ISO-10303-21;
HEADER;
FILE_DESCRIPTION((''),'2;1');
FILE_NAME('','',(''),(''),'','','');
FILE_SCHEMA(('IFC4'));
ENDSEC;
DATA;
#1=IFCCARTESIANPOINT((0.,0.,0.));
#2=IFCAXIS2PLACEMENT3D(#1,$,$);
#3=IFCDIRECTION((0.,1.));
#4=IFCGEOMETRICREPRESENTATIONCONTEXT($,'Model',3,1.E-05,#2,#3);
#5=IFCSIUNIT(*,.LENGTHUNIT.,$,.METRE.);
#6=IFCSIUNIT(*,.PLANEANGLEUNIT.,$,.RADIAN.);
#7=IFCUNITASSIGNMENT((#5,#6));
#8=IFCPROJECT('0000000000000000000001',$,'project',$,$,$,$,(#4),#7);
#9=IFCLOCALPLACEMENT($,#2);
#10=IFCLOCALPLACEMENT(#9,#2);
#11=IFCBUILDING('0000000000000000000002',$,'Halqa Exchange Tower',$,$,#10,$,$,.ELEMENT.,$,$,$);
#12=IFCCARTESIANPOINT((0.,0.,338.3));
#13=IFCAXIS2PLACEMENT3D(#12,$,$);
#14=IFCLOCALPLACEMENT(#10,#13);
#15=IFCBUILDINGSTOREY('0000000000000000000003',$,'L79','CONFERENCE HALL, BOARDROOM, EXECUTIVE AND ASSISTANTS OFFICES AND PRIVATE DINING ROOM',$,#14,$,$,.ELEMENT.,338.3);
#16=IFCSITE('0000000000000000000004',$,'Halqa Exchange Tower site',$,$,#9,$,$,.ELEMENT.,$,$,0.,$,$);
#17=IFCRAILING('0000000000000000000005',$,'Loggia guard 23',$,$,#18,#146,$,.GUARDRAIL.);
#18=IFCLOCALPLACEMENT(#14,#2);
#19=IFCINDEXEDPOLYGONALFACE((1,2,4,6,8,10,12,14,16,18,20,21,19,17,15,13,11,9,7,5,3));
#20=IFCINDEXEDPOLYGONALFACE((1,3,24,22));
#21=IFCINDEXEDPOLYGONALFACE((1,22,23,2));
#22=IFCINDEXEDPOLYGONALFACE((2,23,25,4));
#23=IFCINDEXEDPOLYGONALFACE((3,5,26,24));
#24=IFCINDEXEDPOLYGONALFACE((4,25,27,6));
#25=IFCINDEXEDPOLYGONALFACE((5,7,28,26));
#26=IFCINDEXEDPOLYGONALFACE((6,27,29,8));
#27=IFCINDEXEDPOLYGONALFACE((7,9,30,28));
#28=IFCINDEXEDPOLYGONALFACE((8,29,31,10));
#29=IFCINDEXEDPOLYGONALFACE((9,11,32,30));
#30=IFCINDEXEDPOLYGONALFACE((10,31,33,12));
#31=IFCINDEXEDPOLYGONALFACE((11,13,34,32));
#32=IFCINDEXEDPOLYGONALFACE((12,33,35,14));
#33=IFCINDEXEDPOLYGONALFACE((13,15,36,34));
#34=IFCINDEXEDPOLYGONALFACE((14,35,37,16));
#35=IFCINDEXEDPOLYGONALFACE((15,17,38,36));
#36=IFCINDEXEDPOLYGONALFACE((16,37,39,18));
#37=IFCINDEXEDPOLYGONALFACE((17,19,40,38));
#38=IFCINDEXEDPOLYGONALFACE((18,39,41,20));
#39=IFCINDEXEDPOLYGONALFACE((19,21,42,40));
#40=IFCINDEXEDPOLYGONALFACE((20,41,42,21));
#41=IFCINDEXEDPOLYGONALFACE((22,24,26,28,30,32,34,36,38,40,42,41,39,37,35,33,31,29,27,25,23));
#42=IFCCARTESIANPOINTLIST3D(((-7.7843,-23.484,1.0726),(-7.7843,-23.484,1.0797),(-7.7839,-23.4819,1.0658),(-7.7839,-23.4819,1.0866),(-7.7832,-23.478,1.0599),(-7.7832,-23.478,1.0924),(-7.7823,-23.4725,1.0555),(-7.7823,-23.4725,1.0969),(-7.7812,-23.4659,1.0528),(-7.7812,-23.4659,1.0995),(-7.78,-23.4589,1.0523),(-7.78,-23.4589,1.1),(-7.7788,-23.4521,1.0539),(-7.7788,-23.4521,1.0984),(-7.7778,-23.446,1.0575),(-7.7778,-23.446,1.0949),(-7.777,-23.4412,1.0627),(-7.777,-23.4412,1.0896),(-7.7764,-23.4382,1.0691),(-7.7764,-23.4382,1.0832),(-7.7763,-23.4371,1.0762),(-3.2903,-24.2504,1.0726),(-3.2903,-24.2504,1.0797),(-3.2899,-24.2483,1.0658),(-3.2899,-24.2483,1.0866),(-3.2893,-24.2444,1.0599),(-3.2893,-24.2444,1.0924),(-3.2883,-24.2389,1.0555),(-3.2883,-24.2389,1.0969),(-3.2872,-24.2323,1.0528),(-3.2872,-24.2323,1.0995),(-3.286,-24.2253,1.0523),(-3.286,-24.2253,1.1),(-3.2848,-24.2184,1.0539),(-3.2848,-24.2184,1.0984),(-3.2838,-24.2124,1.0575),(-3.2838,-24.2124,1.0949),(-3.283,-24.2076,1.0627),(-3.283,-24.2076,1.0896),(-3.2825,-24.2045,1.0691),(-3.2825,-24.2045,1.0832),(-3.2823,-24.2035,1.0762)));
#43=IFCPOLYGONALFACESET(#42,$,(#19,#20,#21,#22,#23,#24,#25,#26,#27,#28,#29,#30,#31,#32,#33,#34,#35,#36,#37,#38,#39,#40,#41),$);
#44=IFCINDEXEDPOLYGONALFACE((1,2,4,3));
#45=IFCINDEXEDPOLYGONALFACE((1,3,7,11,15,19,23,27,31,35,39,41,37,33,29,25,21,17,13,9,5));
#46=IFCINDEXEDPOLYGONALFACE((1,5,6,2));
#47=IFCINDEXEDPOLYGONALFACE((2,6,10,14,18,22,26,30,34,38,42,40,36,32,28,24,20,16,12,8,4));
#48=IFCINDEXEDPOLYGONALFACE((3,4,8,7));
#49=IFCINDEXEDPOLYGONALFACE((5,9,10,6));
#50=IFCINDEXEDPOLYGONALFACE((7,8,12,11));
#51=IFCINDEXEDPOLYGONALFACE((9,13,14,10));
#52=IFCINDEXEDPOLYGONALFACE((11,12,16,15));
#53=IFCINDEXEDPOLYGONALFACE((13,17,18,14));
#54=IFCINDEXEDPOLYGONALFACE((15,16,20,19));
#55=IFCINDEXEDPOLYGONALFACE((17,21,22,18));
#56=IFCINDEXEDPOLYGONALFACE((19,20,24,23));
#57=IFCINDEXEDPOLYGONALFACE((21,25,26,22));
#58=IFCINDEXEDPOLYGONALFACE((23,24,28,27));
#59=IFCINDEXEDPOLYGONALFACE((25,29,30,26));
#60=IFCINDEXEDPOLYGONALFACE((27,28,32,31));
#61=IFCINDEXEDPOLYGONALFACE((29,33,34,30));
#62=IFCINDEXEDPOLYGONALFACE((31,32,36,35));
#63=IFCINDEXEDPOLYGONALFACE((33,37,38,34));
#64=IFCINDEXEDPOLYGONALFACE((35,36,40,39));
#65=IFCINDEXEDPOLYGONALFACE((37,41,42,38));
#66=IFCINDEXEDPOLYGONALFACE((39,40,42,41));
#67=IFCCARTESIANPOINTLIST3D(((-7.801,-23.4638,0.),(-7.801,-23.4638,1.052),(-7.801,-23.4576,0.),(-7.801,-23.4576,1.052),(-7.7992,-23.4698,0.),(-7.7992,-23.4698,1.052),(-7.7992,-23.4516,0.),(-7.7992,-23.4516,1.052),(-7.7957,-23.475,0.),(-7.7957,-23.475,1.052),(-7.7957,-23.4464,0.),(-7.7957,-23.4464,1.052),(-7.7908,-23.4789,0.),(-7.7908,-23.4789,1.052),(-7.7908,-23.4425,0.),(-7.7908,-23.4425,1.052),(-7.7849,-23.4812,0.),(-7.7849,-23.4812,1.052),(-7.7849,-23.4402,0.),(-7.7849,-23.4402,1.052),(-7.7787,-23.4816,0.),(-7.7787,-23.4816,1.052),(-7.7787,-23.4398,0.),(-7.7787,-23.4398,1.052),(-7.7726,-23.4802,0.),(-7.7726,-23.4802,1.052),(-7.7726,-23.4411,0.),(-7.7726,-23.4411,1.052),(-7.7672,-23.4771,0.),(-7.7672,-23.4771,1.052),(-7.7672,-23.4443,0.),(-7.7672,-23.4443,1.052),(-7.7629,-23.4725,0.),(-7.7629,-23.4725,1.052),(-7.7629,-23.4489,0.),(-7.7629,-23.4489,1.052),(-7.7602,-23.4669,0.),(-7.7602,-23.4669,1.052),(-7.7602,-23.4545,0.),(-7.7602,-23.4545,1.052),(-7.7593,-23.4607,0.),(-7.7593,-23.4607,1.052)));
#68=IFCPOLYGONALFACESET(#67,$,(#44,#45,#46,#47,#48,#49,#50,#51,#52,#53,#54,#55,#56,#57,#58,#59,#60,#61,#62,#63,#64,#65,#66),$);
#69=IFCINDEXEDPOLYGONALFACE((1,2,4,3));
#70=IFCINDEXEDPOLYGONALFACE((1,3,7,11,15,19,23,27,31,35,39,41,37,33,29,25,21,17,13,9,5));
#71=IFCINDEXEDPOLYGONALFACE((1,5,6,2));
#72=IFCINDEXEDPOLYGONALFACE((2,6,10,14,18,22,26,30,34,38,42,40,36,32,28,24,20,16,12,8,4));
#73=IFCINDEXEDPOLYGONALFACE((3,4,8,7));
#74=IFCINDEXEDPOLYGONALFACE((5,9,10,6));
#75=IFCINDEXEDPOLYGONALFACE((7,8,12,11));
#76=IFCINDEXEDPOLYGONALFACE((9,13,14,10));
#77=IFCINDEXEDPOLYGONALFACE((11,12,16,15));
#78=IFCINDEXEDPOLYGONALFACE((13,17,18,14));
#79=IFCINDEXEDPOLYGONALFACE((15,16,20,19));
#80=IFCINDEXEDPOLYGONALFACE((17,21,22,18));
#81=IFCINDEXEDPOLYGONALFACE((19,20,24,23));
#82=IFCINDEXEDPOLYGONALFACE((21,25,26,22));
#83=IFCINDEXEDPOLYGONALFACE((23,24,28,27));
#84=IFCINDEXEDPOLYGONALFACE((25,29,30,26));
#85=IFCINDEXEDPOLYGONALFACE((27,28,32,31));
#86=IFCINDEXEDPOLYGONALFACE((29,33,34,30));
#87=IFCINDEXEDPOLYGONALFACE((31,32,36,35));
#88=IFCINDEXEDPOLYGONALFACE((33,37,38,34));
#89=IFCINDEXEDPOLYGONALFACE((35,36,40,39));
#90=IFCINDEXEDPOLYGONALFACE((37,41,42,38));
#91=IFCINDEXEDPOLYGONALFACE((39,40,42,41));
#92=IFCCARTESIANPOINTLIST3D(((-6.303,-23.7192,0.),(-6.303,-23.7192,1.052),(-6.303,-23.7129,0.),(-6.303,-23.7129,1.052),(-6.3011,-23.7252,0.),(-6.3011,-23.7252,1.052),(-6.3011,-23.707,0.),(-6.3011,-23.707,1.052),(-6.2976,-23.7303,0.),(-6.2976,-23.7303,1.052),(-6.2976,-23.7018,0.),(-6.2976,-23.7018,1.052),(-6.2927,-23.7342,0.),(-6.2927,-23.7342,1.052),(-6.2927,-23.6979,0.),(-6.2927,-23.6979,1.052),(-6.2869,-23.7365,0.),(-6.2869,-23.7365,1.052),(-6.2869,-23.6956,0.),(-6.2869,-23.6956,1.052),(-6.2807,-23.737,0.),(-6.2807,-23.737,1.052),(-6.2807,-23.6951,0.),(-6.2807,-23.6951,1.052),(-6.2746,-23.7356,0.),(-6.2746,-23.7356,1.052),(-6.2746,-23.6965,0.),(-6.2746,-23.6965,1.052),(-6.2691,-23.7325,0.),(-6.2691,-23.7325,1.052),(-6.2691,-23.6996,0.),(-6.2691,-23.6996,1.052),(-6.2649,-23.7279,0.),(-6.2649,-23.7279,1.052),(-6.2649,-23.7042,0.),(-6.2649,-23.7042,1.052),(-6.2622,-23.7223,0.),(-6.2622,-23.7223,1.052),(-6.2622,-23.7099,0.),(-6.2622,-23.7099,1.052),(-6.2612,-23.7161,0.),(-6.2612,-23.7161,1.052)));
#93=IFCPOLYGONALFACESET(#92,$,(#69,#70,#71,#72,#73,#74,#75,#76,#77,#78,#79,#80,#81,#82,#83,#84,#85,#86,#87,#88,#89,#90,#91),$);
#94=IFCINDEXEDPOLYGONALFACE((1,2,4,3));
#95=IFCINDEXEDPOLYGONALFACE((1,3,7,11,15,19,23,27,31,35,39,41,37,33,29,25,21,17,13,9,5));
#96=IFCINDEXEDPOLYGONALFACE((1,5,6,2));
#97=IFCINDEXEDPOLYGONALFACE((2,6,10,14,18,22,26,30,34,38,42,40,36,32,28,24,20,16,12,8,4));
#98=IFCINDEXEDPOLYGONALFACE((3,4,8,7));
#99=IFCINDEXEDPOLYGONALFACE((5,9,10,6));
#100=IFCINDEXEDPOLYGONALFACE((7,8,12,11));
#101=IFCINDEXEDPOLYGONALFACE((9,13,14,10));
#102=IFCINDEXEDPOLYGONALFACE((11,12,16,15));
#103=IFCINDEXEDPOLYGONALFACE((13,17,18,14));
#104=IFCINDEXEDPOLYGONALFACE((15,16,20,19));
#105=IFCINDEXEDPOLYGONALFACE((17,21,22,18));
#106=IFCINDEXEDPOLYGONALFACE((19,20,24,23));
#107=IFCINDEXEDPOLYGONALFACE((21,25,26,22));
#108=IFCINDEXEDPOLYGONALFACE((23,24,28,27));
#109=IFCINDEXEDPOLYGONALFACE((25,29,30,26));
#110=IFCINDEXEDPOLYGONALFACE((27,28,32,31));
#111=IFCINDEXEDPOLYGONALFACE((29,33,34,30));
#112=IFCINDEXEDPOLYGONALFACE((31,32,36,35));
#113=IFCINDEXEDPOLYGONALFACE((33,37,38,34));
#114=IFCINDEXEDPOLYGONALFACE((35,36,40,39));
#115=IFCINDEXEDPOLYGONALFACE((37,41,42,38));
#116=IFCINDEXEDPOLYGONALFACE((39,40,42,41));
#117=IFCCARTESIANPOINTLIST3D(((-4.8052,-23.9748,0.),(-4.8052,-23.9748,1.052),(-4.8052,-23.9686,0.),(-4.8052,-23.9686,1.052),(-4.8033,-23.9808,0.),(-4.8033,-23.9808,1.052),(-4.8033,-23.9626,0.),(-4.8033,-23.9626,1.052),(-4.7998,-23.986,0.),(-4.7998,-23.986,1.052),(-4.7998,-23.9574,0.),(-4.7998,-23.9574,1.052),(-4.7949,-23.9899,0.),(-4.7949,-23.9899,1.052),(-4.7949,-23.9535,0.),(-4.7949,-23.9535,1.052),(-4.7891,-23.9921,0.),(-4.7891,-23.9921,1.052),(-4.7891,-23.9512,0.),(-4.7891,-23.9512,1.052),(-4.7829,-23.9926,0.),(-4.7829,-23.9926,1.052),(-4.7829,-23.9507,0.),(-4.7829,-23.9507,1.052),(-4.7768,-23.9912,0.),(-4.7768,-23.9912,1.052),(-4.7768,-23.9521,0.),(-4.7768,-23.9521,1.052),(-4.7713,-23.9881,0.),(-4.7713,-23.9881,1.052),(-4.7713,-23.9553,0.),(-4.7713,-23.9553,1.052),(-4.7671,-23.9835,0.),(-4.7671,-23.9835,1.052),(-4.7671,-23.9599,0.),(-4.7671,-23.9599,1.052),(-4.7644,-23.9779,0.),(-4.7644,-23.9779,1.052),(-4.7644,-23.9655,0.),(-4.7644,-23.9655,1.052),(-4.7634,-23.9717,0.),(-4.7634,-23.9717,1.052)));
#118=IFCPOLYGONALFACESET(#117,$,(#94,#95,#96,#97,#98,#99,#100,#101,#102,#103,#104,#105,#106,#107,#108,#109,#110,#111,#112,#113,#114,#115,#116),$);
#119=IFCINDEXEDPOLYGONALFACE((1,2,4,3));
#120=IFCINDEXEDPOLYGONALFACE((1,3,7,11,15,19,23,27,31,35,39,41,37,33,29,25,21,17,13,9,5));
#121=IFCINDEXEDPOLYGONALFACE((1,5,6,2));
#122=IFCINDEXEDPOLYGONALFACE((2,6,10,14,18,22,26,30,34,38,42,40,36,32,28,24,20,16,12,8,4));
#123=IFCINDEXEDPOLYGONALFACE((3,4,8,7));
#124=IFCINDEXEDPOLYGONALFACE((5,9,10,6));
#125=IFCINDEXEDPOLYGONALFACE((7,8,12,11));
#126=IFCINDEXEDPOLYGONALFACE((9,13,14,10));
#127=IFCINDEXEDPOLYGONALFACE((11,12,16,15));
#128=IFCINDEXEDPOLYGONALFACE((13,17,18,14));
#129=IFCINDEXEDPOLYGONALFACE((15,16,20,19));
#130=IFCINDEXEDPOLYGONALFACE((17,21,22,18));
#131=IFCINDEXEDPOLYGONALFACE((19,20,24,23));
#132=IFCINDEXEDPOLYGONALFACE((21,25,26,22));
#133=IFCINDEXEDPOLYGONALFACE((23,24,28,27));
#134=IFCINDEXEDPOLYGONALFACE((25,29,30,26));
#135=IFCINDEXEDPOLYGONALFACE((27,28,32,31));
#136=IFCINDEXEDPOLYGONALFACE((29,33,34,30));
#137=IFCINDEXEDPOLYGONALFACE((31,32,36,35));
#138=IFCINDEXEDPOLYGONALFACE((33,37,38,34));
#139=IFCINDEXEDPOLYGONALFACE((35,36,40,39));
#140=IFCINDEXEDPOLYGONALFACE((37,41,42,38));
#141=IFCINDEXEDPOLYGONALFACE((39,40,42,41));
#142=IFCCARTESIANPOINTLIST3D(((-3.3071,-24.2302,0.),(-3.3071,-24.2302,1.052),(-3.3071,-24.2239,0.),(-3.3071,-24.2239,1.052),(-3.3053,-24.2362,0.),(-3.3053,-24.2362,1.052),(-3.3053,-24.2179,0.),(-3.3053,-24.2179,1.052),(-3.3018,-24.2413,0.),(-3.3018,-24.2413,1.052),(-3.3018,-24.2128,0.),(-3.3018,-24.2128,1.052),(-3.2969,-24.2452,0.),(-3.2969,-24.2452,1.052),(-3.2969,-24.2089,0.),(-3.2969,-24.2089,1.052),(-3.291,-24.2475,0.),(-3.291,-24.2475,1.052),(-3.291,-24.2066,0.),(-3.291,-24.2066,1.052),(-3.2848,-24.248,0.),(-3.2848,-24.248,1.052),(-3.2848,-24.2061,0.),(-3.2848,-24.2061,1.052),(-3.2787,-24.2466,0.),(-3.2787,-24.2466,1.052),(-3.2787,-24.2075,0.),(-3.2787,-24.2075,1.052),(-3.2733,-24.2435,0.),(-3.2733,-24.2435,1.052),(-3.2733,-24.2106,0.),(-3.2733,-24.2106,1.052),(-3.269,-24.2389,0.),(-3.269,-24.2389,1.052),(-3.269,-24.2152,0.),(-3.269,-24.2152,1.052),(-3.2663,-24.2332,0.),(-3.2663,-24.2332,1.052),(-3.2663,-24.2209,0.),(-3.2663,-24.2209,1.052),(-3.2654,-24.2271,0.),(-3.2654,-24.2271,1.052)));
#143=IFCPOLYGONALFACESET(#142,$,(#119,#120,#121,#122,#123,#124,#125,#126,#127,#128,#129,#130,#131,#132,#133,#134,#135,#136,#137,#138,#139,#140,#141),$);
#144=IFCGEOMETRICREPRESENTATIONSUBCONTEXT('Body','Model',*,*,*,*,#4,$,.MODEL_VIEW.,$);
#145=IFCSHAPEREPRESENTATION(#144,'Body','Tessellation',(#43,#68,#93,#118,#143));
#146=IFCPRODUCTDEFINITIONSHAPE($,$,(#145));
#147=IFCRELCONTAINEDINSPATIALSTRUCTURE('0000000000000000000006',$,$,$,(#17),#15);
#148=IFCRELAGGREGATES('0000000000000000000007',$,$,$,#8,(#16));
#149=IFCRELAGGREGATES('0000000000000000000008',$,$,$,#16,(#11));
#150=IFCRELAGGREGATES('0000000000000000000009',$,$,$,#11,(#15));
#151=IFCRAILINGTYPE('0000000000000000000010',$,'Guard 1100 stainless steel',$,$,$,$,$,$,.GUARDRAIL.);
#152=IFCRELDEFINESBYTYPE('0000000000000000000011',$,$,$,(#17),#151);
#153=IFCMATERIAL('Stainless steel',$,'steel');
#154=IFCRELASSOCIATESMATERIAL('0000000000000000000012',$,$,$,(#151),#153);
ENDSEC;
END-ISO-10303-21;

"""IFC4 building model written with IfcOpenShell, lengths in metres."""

from ifc_helpers import new_model, si_unit, direction, frame, origin, origin_2d, place, context, subcontext, project, spatial, circle, extrude, material, type_object, element, save


model = new_model("IFC4")

# Units and contexts
model_context = context("Model", 3, precision=1e-05, world=origin(), true_north=direction((0.0, 1.0)))
body_context = subcontext(model_context, "Body", "Model", "MODEL_VIEW")
ifc_project = project(units=[si_unit("LENGTHUNIT", "METRE"), si_unit("PLANEANGLEUNIT", "RADIAN")], contexts=[model_context])

# Site, building, storey
site_placement = place(None, origin())
site = spatial("IfcSite", under=ifc_project, at=site_placement, Name="Halqa Exchange Tower site", CompositionType="ELEMENT", RefElevation=0.0)
building_placement = place(site_placement, origin())
building = spatial("IfcBuilding", under=site, at=building_placement, Name="Halqa Exchange Tower", CompositionType="ELEMENT")
storey_placement = place(building_placement, frame((0.0, 0.0, 338.3)))
storey = spatial("IfcBuildingStorey", under=building, at=storey_placement, Name="L79", Description="CONFERENCE HALL, BOARDROOM, EXECUTIVE AND ASSISTANTS OFFICES AND PRIVATE DINING ROOM", CompositionType="ELEMENT", Elevation=338.3)

# Railing
ifc_material_1 = material(Name="Stainless steel", Category="steel")
railing_type = type_object("IfcRailingType", Name="Guard 1100 stainless steel", PredefinedType="GUARDRAIL", material=ifc_material_1)
railing_1_placement = place(storey_placement, frame((-7.7803, -23.4607, 0.0)))
element("IfcRailing", 1, at=railing_1_placement, inside=storey, type_object=railing_type, Name="Loggia guard 23", PredefinedType="GUARDRAIL", context=body_context, shape_type="SweptSolid", body=[
    extrude(circle(Radius=0.0239, at=origin_2d()), frame((0.0, 0.0, 1.0762), z_axis=(0.985769, -0.168106, 0.0), x_axis=(0.168106, 0.985769, 0.0)), (0.0, 0.0, 1.0), 4.5588),
    extrude(circle(Radius=0.021, at=origin_2d()), origin(), (0.0, 0.0, 1.0), 1.052),
    extrude(circle(Radius=0.021, at=origin_2d()), frame((1.498, -0.2554, 0.0)), (0.0, 0.0, 1.0), 1.052),
    extrude(circle(Radius=0.021, at=origin_2d()), frame((2.9958, -0.511, 0.0)), (0.0, 0.0, 1.0), 1.052),
    extrude(circle(Radius=0.021, at=origin_2d()), frame((4.4939, -0.7664, 0.0)), (0.0, 0.0, 1.0), 1.052),
])

save(model, "model.ifc")
